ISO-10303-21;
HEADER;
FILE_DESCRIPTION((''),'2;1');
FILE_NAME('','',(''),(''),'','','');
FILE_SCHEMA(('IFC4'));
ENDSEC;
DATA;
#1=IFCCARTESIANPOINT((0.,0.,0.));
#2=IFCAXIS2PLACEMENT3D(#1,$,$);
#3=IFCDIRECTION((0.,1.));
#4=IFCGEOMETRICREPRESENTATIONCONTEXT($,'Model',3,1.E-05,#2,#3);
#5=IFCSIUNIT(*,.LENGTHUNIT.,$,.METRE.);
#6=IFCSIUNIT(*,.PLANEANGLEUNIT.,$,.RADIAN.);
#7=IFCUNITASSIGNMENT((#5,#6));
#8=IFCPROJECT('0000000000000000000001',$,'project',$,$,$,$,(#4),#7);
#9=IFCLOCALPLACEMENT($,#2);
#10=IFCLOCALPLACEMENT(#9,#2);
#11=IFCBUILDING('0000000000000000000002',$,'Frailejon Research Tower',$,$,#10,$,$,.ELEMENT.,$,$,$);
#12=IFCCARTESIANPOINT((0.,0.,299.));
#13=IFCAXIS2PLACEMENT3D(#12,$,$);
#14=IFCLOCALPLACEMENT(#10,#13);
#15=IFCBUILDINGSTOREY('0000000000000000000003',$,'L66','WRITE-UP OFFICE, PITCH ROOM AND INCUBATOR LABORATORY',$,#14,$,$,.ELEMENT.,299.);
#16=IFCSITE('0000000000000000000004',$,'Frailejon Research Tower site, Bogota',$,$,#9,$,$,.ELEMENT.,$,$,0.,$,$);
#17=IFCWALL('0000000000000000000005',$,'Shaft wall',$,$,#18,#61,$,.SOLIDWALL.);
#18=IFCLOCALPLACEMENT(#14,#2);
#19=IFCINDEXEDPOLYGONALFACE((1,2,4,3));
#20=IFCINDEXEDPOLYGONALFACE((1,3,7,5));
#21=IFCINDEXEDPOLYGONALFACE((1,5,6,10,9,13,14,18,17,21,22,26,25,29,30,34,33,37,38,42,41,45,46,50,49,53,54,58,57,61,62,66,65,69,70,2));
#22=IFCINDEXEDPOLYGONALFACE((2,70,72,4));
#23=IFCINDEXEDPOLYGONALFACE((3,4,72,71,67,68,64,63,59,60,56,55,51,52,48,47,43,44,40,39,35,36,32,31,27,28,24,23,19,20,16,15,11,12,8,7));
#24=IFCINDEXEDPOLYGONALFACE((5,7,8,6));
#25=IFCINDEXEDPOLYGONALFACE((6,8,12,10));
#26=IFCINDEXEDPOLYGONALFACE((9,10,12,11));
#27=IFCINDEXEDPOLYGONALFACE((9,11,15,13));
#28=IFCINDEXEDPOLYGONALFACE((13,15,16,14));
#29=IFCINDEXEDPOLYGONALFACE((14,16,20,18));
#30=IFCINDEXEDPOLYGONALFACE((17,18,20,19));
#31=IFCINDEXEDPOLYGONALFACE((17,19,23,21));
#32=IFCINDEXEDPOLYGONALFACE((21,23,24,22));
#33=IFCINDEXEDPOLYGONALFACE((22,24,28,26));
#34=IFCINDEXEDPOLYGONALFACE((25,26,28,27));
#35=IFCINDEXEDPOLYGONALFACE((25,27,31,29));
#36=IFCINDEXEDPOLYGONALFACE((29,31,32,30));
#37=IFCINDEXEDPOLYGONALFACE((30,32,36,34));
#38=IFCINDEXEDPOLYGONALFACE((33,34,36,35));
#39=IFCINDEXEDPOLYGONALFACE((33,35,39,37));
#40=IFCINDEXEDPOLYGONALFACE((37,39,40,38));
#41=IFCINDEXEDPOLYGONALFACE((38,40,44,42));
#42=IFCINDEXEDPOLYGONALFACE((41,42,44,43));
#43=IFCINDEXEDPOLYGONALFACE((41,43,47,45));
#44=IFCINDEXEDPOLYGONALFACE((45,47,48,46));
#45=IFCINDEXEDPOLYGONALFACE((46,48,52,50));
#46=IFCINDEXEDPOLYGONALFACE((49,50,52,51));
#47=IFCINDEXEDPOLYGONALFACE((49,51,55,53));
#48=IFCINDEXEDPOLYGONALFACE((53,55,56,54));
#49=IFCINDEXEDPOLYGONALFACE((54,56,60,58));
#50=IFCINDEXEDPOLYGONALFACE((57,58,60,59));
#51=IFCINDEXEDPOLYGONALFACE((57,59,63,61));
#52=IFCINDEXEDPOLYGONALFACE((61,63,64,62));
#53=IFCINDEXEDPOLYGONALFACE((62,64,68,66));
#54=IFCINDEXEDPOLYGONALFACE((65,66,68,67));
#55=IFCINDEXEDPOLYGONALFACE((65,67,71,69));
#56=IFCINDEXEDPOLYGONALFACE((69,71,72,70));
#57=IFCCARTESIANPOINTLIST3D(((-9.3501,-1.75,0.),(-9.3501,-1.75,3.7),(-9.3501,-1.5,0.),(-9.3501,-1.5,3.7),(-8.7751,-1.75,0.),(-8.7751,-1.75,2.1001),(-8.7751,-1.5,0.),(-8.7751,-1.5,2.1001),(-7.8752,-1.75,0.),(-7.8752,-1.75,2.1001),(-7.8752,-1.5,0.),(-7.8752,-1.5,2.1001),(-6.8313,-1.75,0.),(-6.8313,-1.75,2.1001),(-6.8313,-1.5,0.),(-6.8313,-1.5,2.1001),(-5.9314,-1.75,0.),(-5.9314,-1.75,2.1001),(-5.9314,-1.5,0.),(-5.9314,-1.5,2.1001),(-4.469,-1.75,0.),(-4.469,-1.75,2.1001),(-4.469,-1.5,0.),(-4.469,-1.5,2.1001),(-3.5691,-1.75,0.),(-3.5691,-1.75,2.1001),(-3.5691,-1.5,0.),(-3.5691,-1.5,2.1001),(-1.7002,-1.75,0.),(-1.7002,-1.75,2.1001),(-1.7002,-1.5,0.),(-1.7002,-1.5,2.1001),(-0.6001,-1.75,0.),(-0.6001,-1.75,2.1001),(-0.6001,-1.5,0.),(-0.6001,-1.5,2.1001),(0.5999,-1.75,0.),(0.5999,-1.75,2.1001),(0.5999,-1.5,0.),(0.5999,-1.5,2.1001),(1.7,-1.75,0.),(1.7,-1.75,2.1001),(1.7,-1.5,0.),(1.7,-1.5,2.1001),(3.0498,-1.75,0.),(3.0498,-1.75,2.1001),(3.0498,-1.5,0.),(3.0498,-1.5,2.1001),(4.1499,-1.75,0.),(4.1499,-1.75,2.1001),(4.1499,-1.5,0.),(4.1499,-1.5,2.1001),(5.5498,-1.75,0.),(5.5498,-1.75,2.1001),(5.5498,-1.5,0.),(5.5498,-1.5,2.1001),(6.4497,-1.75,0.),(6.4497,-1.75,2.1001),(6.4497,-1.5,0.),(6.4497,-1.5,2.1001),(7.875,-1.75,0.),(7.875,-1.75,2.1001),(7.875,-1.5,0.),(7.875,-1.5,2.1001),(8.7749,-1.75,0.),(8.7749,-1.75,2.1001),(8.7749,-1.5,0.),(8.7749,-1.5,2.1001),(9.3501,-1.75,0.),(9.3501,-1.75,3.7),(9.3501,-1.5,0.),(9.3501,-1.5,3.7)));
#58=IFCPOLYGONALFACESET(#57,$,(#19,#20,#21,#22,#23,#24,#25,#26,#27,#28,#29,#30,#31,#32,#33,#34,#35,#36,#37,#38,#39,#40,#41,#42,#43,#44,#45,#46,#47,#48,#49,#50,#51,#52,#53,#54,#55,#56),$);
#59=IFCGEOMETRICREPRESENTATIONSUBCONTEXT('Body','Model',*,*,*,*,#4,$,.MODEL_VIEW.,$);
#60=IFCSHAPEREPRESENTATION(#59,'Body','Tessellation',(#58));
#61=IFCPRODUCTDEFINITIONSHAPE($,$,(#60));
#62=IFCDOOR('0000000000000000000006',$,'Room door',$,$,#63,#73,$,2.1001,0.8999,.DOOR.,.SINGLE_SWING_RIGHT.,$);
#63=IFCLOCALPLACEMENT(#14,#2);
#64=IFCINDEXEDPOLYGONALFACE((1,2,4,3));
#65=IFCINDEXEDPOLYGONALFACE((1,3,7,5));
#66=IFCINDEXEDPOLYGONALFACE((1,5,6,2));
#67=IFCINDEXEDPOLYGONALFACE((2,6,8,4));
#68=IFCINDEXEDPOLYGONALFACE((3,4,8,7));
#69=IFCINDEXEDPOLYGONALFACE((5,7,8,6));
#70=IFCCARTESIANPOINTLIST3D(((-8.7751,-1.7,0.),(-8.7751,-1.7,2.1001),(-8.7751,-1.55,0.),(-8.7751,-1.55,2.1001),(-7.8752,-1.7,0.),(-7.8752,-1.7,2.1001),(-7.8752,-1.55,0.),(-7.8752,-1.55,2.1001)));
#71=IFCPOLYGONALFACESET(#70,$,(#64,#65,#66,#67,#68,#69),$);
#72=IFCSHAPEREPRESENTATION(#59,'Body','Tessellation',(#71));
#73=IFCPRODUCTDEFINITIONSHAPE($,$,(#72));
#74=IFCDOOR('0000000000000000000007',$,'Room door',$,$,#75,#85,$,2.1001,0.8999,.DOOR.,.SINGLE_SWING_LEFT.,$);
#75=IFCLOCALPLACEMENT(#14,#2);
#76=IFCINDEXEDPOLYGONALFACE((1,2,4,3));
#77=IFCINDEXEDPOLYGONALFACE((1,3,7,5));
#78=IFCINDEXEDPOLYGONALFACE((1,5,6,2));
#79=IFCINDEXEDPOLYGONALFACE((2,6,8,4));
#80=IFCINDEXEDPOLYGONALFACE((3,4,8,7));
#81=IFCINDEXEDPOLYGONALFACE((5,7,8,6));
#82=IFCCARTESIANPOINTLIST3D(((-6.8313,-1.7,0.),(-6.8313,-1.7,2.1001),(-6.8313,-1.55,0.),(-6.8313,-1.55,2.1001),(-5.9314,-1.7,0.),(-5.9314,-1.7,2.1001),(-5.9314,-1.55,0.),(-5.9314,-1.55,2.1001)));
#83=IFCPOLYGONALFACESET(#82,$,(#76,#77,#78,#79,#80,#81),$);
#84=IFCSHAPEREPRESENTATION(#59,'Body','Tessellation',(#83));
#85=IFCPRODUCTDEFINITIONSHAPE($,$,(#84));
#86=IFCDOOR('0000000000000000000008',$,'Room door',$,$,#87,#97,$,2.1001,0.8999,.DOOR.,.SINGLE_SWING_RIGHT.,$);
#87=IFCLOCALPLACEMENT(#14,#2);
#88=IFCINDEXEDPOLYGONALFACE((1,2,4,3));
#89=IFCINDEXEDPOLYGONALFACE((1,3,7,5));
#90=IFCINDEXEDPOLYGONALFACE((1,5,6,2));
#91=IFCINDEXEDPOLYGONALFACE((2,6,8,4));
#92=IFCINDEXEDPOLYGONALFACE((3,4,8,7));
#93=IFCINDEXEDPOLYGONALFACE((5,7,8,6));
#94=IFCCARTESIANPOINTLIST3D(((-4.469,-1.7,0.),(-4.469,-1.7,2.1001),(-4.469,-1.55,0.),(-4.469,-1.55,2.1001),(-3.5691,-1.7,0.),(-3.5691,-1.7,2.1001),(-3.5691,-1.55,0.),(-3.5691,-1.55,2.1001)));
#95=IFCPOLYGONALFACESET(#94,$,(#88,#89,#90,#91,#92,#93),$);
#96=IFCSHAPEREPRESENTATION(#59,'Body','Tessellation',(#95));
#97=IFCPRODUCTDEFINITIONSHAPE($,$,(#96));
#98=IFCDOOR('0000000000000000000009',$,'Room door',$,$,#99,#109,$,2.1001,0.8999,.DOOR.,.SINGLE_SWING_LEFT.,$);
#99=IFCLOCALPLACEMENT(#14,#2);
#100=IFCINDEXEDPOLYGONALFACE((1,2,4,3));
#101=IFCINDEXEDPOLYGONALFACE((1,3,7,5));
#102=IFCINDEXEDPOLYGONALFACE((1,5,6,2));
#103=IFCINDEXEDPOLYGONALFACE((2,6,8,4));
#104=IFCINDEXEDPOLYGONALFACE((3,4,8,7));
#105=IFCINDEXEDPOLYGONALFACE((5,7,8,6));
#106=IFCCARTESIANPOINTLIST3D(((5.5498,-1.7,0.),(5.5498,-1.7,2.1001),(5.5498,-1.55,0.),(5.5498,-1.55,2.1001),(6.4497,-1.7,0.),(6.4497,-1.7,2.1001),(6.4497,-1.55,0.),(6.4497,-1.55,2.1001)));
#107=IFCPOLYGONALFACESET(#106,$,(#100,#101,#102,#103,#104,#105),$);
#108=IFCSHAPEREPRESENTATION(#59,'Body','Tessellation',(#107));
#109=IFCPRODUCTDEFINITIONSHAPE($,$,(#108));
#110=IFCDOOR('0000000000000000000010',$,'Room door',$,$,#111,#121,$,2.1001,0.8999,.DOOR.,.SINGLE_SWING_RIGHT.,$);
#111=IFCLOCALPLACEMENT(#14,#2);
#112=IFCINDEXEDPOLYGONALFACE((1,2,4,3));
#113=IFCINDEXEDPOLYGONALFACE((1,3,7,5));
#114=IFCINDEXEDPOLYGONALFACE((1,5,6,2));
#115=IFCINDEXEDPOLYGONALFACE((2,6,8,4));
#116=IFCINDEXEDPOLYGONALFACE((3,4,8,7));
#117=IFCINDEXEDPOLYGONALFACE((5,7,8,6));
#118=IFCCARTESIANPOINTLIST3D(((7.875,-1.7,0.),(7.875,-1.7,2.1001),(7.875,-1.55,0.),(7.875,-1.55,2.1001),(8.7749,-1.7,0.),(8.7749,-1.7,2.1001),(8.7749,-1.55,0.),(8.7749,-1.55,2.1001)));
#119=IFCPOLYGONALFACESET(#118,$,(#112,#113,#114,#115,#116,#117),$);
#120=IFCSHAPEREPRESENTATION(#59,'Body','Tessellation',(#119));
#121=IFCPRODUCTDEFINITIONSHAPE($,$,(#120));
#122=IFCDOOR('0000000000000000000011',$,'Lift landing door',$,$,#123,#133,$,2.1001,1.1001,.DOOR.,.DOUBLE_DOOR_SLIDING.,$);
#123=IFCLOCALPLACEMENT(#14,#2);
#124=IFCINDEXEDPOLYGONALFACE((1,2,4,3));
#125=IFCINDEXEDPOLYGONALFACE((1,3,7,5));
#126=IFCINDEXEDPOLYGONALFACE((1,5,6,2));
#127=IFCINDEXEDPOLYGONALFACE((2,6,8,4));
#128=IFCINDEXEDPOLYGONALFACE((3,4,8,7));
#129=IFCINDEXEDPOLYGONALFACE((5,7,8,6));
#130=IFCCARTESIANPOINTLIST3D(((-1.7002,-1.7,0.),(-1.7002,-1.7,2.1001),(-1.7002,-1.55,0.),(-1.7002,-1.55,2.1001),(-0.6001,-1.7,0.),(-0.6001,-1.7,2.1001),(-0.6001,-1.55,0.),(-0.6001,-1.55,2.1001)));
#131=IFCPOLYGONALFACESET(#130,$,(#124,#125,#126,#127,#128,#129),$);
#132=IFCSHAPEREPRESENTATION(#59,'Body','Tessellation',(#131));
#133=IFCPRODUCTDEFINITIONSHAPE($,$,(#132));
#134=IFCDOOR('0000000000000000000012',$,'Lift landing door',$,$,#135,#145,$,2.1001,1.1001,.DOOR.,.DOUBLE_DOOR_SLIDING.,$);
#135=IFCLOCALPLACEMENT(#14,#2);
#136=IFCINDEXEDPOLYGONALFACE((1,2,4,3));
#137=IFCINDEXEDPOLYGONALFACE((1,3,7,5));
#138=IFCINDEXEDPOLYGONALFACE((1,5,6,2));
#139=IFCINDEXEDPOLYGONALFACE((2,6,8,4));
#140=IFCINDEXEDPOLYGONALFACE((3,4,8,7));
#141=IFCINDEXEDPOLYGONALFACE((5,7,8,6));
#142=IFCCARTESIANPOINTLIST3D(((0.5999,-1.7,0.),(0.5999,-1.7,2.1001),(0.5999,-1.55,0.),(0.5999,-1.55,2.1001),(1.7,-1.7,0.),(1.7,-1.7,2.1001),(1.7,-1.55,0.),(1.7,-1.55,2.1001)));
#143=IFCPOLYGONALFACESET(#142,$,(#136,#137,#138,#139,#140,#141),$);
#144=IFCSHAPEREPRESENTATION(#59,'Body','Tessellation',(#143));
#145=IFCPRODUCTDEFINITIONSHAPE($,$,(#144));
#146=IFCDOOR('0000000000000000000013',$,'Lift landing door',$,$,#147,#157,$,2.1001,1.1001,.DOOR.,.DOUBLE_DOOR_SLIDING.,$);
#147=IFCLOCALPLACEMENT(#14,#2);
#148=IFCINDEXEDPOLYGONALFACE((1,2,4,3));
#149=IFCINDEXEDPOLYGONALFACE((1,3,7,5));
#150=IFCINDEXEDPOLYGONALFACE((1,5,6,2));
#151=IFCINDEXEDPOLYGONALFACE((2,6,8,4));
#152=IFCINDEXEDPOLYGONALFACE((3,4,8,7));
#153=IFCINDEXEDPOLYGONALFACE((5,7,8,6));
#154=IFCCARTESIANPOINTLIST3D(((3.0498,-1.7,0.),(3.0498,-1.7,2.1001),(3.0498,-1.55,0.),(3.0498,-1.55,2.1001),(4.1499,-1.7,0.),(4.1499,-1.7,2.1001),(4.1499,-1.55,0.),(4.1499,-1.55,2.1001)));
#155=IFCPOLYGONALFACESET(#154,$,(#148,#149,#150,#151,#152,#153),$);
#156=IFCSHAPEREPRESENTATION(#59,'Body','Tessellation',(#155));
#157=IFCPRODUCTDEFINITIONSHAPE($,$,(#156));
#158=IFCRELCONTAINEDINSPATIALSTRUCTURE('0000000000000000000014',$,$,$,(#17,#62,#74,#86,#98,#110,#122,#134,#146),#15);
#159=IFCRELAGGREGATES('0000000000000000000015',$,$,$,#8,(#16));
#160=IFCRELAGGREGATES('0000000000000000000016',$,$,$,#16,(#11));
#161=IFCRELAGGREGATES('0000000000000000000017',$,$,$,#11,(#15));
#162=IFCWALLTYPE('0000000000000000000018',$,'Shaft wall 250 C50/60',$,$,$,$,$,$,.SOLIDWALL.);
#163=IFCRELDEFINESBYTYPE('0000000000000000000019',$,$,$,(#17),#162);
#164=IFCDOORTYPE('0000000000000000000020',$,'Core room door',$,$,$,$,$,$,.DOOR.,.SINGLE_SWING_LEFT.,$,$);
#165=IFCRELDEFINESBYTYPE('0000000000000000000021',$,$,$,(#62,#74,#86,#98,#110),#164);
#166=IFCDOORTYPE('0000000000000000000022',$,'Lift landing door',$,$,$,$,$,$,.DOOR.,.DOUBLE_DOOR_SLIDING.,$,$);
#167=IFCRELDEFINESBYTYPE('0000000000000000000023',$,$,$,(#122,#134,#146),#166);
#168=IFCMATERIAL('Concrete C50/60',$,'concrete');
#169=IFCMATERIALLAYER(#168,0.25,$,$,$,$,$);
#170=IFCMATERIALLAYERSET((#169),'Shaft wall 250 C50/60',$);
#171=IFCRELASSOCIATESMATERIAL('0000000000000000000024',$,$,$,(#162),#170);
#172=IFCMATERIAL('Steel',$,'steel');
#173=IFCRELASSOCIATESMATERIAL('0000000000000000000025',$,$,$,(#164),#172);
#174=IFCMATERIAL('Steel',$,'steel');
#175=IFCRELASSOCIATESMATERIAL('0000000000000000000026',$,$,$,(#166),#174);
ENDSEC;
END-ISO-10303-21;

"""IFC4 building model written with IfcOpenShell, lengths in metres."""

from ifc_helpers import new_model, si_unit, direction, frame, frame_2d, origin, place, context, subcontext, project, spatial, rectangle, extrude, material, layer, layer_set, type_object, element, fill, save


model = new_model("IFC4")

# Units and contexts
model_context = context("Model", 3, precision=1e-05, world=origin(), true_north=direction((0.0, 1.0)))
body_context = subcontext(model_context, "Body", "Model", "MODEL_VIEW")
ifc_project = project(units=[si_unit("LENGTHUNIT", "METRE"), si_unit("PLANEANGLEUNIT", "RADIAN")], contexts=[model_context])

# Site, building, storey
site_placement = place(None, origin())
site = spatial("IfcSite", under=ifc_project, at=site_placement, Name="Frailejon Research Tower site, Bogota", CompositionType="ELEMENT", RefElevation=0.0)
building_placement = place(site_placement, origin())
building = spatial("IfcBuilding", under=site, at=building_placement, Name="Frailejon Research Tower", CompositionType="ELEMENT")
storey_placement = place(building_placement, frame((0.0, 0.0, 299.0)))
storey = spatial("IfcBuildingStorey", under=building, at=storey_placement, Name="L66", Description="WRITE-UP OFFICE, PITCH ROOM AND INCUBATOR LABORATORY", CompositionType="ELEMENT", Elevation=299.0)

# Wall, openings, doors
ifc_material_1 = material(Name="Concrete C50/60", Category="concrete")
ifc_layer_1 = layer(ifc_material_1, 0.25)
ifc_layer_set_1 = layer_set([ifc_layer_1], Name="Shaft wall 250 C50/60")
wall_type_1 = type_object("IfcWallType", Name="Shaft wall 250 C50/60", PredefinedType="SOLIDWALL", material=ifc_layer_set_1)
wall_1_placement = place(storey_placement, frame((-9.3501, -1.625, 0.0), z_axis=(0.0, 0.0, 1.0), x_axis=(1.0, 0.0, 0.0)))
wall_1 = element("IfcWall", 1, at=wall_1_placement, inside=storey, type_object=wall_type_1, Name="Shaft wall", PredefinedType="SOLIDWALL", context=body_context, shape_type="SweptSolid", body=[
    extrude(rectangle(XDim=18.7002, YDim=0.25, at=frame_2d((9.3501, 0.0))), origin(), (0.0, 0.0, 1.0), 3.7),
])
opening_1_placement = place(wall_1_placement, frame((7.6499, 0.0, 0.0)))
opening_1 = element("IfcOpeningElement", 2, at=opening_1_placement, cuts=wall_1, PredefinedType="OPENING", context=body_context, shape_type="SweptSolid", body=[
    extrude(rectangle(XDim=1.1001, YDim=2.1001, at=frame_2d((0.55, 1.05))), frame((0.0, 0.135, 0.0), z_axis=(0.0, -1.0, 0.0), x_axis=(1.0, 0.0, 0.0)), (0.0, 0.0, 1.0), 0.27),
])
opening_2_placement = place(wall_1_placement, frame((9.95, 0.0, 0.0)))
opening_2 = element("IfcOpeningElement", 3, at=opening_2_placement, cuts=wall_1, PredefinedType="OPENING", context=body_context, shape_type="SweptSolid", body=[
    extrude(rectangle(XDim=1.1001, YDim=2.1001, at=frame_2d((0.55, 1.05))), frame((0.0, 0.135, 0.0), z_axis=(0.0, -1.0, 0.0), x_axis=(1.0, 0.0, 0.0)), (0.0, 0.0, 1.0), 0.27),
])
opening_3_placement = place(wall_1_placement, frame((12.3999, 0.0, 0.0)))
opening_3 = element("IfcOpeningElement", 4, at=opening_3_placement, cuts=wall_1, PredefinedType="OPENING", context=body_context, shape_type="SweptSolid", body=[
    extrude(rectangle(XDim=1.1001, YDim=2.1001, at=frame_2d((0.55, 1.05))), frame((0.0, 0.135, 0.0), z_axis=(0.0, -1.0, 0.0), x_axis=(1.0, 0.0, 0.0)), (0.0, 0.0, 1.0), 0.27),
])
opening_4_placement = place(wall_1_placement, frame((0.575, 0.0, 0.0)))
opening_4 = element("IfcOpeningElement", 5, at=opening_4_placement, cuts=wall_1, PredefinedType="OPENING", context=body_context, shape_type="SweptSolid", body=[
    extrude(rectangle(XDim=0.8999, YDim=2.1001, at=frame_2d((0.45, 1.05))), frame((0.0, 0.135, 0.0), z_axis=(0.0, -1.0, 0.0), x_axis=(1.0, 0.0, 0.0)), (0.0, 0.0, 1.0), 0.27),
])
opening_5_placement = place(wall_1_placement, frame((2.5188, 0.0, 0.0)))
opening_5 = element("IfcOpeningElement", 6, at=opening_5_placement, cuts=wall_1, PredefinedType="OPENING", context=body_context, shape_type="SweptSolid", body=[
    extrude(rectangle(XDim=0.8999, YDim=2.1001, at=frame_2d((0.45, 1.05))), frame((0.0, 0.135, 0.0), z_axis=(0.0, -1.0, 0.0), x_axis=(1.0, 0.0, 0.0)), (0.0, 0.0, 1.0), 0.27),
])
opening_6_placement = place(wall_1_placement, frame((4.8811, 0.0, 0.0)))
opening_6 = element("IfcOpeningElement", 7, at=opening_6_placement, cuts=wall_1, PredefinedType="OPENING", context=body_context, shape_type="SweptSolid", body=[
    extrude(rectangle(XDim=0.8999, YDim=2.1001, at=frame_2d((0.45, 1.05))), frame((0.0, 0.135, 0.0), z_axis=(0.0, -1.0, 0.0), x_axis=(1.0, 0.0, 0.0)), (0.0, 0.0, 1.0), 0.27),
])
opening_7_placement = place(wall_1_placement, frame((14.8999, 0.0, 0.0)))
opening_7 = element("IfcOpeningElement", 8, at=opening_7_placement, cuts=wall_1, PredefinedType="OPENING", context=body_context, shape_type="SweptSolid", body=[
    extrude(rectangle(XDim=0.8999, YDim=2.1001, at=frame_2d((0.45, 1.05))), frame((0.0, 0.135, 0.0), z_axis=(0.0, -1.0, 0.0), x_axis=(1.0, 0.0, 0.0)), (0.0, 0.0, 1.0), 0.27),
])
opening_8_placement = place(wall_1_placement, frame((17.2251, 0.0, 0.0)))
opening_8 = element("IfcOpeningElement", 9, at=opening_8_placement, cuts=wall_1, PredefinedType="OPENING", context=body_context, shape_type="SweptSolid", body=[
    extrude(rectangle(XDim=0.8999, YDim=2.1001, at=frame_2d((0.45, 1.05))), frame((0.0, 0.135, 0.0), z_axis=(0.0, -1.0, 0.0), x_axis=(1.0, 0.0, 0.0)), (0.0, 0.0, 1.0), 0.27),
])
ifc_material_2 = material(Name="Steel", Category="steel")
door_type_1 = type_object("IfcDoorType", Name="Core room door", OperationType="SINGLE_SWING_LEFT", PredefinedType="DOOR", material=ifc_material_2)
door_1_placement = place(opening_4_placement, origin())
door_1 = element("IfcDoor", 10, at=door_1_placement, inside=storey, type_object=door_type_1, Name="Room door", OperationType="SINGLE_SWING_RIGHT", OverallHeight=2.1001, OverallWidth=0.8999, PredefinedType="DOOR", context=body_context, shape_type="SweptSolid", body=[
    extrude(rectangle(XDim=0.8999, YDim=2.1001, at=frame_2d((0.45, 1.05))), frame((0.0, 0.075, 0.0), z_axis=(0.0, -1.0, 0.0), x_axis=(1.0, 0.0, 0.0)), (0.0, 0.0, 1.0), 0.1499),
])
fill(opening_4, door_1)
door_2_placement = place(opening_5_placement, origin())
door_2 = element("IfcDoor", 11, at=door_2_placement, inside=storey, type_object=door_type_1, Name="Room door", OperationType="SINGLE_SWING_LEFT", OverallHeight=2.1001, OverallWidth=0.8999, PredefinedType="DOOR", context=body_context, shape_type="SweptSolid", body=[
    extrude(rectangle(XDim=0.8999, YDim=2.1001, at=frame_2d((0.45, 1.05))), frame((0.0, 0.075, 0.0), z_axis=(0.0, -1.0, 0.0), x_axis=(1.0, 0.0, 0.0)), (0.0, 0.0, 1.0), 0.1499),
])
fill(opening_5, door_2)
door_3_placement = place(opening_6_placement, origin())
door_3 = element("IfcDoor", 12, at=door_3_placement, inside=storey, type_object=door_type_1, Name="Room door", OperationType="SINGLE_SWING_RIGHT", OverallHeight=2.1001, OverallWidth=0.8999, PredefinedType="DOOR", context=body_context, shape_type="SweptSolid", body=[
    extrude(rectangle(XDim=0.8999, YDim=2.1001, at=frame_2d((0.45, 1.05))), frame((0.0, 0.075, 0.0), z_axis=(0.0, -1.0, 0.0), x_axis=(1.0, 0.0, 0.0)), (0.0, 0.0, 1.0), 0.1499),
])
fill(opening_6, door_3)
door_4_placement = place(opening_7_placement, origin())
door_4 = element("IfcDoor", 13, at=door_4_placement, inside=storey, type_object=door_type_1, Name="Room door", OperationType="SINGLE_SWING_LEFT", OverallHeight=2.1001, OverallWidth=0.8999, PredefinedType="DOOR", context=body_context, shape_type="SweptSolid", body=[
    extrude(rectangle(XDim=0.8999, YDim=2.1001, at=frame_2d((0.45, 1.05))), frame((0.0, 0.075, 0.0), z_axis=(0.0, -1.0, 0.0), x_axis=(1.0, 0.0, 0.0)), (0.0, 0.0, 1.0), 0.1499),
])
fill(opening_7, door_4)
door_5_placement = place(opening_8_placement, origin())
door_5 = element("IfcDoor", 14, at=door_5_placement, inside=storey, type_object=door_type_1, Name="Room door", OperationType="SINGLE_SWING_RIGHT", OverallHeight=2.1001, OverallWidth=0.8999, PredefinedType="DOOR", context=body_context, shape_type="SweptSolid", body=[
    extrude(rectangle(XDim=0.8999, YDim=2.1001, at=frame_2d((0.45, 1.05))), frame((0.0, 0.075, 0.0), z_axis=(0.0, -1.0, 0.0), x_axis=(1.0, 0.0, 0.0)), (0.0, 0.0, 1.0), 0.1499),
])
fill(opening_8, door_5)
ifc_material_3 = material(Name="Steel", Category="steel")
door_type_2 = type_object("IfcDoorType", Name="Lift landing door", OperationType="DOUBLE_DOOR_SLIDING", PredefinedType="DOOR", material=ifc_material_3)
door_6_placement = place(opening_1_placement, origin())
door_6 = element("IfcDoor", 15, at=door_6_placement, inside=storey, type_object=door_type_2, Name="Lift landing door", OperationType="DOUBLE_DOOR_SLIDING", OverallHeight=2.1001, OverallWidth=1.1001, PredefinedType="DOOR", context=body_context, shape_type="SweptSolid", body=[
    extrude(rectangle(XDim=1.1001, YDim=2.1001, at=frame_2d((0.55, 1.05))), frame((0.0, 0.075, 0.0), z_axis=(0.0, -1.0, 0.0), x_axis=(1.0, 0.0, 0.0)), (0.0, 0.0, 1.0), 0.1499),
])
fill(opening_1, door_6)
door_7_placement = place(opening_2_placement, origin())
door_7 = element("IfcDoor", 16, at=door_7_placement, inside=storey, type_object=door_type_2, Name="Lift landing door", OperationType="DOUBLE_DOOR_SLIDING", OverallHeight=2.1001, OverallWidth=1.1001, PredefinedType="DOOR", context=body_context, shape_type="SweptSolid", body=[
    extrude(rectangle(XDim=1.1001, YDim=2.1001, at=frame_2d((0.55, 1.05))), frame((0.0, 0.075, 0.0), z_axis=(0.0, -1.0, 0.0), x_axis=(1.0, 0.0, 0.0)), (0.0, 0.0, 1.0), 0.1499),
])
fill(opening_2, door_7)
door_8_placement = place(opening_3_placement, origin())
door_8 = element("IfcDoor", 17, at=door_8_placement, inside=storey, type_object=door_type_2, Name="Lift landing door", OperationType="DOUBLE_DOOR_SLIDING", OverallHeight=2.1001, OverallWidth=1.1001, PredefinedType="DOOR", context=body_context, shape_type="SweptSolid", body=[
    extrude(rectangle(XDim=1.1001, YDim=2.1001, at=frame_2d((0.55, 1.05))), frame((0.0, 0.075, 0.0), z_axis=(0.0, -1.0, 0.0), x_axis=(1.0, 0.0, 0.0)), (0.0, 0.0, 1.0), 0.1499),
])
fill(opening_3, door_8)

save(model, "model.ifc")
